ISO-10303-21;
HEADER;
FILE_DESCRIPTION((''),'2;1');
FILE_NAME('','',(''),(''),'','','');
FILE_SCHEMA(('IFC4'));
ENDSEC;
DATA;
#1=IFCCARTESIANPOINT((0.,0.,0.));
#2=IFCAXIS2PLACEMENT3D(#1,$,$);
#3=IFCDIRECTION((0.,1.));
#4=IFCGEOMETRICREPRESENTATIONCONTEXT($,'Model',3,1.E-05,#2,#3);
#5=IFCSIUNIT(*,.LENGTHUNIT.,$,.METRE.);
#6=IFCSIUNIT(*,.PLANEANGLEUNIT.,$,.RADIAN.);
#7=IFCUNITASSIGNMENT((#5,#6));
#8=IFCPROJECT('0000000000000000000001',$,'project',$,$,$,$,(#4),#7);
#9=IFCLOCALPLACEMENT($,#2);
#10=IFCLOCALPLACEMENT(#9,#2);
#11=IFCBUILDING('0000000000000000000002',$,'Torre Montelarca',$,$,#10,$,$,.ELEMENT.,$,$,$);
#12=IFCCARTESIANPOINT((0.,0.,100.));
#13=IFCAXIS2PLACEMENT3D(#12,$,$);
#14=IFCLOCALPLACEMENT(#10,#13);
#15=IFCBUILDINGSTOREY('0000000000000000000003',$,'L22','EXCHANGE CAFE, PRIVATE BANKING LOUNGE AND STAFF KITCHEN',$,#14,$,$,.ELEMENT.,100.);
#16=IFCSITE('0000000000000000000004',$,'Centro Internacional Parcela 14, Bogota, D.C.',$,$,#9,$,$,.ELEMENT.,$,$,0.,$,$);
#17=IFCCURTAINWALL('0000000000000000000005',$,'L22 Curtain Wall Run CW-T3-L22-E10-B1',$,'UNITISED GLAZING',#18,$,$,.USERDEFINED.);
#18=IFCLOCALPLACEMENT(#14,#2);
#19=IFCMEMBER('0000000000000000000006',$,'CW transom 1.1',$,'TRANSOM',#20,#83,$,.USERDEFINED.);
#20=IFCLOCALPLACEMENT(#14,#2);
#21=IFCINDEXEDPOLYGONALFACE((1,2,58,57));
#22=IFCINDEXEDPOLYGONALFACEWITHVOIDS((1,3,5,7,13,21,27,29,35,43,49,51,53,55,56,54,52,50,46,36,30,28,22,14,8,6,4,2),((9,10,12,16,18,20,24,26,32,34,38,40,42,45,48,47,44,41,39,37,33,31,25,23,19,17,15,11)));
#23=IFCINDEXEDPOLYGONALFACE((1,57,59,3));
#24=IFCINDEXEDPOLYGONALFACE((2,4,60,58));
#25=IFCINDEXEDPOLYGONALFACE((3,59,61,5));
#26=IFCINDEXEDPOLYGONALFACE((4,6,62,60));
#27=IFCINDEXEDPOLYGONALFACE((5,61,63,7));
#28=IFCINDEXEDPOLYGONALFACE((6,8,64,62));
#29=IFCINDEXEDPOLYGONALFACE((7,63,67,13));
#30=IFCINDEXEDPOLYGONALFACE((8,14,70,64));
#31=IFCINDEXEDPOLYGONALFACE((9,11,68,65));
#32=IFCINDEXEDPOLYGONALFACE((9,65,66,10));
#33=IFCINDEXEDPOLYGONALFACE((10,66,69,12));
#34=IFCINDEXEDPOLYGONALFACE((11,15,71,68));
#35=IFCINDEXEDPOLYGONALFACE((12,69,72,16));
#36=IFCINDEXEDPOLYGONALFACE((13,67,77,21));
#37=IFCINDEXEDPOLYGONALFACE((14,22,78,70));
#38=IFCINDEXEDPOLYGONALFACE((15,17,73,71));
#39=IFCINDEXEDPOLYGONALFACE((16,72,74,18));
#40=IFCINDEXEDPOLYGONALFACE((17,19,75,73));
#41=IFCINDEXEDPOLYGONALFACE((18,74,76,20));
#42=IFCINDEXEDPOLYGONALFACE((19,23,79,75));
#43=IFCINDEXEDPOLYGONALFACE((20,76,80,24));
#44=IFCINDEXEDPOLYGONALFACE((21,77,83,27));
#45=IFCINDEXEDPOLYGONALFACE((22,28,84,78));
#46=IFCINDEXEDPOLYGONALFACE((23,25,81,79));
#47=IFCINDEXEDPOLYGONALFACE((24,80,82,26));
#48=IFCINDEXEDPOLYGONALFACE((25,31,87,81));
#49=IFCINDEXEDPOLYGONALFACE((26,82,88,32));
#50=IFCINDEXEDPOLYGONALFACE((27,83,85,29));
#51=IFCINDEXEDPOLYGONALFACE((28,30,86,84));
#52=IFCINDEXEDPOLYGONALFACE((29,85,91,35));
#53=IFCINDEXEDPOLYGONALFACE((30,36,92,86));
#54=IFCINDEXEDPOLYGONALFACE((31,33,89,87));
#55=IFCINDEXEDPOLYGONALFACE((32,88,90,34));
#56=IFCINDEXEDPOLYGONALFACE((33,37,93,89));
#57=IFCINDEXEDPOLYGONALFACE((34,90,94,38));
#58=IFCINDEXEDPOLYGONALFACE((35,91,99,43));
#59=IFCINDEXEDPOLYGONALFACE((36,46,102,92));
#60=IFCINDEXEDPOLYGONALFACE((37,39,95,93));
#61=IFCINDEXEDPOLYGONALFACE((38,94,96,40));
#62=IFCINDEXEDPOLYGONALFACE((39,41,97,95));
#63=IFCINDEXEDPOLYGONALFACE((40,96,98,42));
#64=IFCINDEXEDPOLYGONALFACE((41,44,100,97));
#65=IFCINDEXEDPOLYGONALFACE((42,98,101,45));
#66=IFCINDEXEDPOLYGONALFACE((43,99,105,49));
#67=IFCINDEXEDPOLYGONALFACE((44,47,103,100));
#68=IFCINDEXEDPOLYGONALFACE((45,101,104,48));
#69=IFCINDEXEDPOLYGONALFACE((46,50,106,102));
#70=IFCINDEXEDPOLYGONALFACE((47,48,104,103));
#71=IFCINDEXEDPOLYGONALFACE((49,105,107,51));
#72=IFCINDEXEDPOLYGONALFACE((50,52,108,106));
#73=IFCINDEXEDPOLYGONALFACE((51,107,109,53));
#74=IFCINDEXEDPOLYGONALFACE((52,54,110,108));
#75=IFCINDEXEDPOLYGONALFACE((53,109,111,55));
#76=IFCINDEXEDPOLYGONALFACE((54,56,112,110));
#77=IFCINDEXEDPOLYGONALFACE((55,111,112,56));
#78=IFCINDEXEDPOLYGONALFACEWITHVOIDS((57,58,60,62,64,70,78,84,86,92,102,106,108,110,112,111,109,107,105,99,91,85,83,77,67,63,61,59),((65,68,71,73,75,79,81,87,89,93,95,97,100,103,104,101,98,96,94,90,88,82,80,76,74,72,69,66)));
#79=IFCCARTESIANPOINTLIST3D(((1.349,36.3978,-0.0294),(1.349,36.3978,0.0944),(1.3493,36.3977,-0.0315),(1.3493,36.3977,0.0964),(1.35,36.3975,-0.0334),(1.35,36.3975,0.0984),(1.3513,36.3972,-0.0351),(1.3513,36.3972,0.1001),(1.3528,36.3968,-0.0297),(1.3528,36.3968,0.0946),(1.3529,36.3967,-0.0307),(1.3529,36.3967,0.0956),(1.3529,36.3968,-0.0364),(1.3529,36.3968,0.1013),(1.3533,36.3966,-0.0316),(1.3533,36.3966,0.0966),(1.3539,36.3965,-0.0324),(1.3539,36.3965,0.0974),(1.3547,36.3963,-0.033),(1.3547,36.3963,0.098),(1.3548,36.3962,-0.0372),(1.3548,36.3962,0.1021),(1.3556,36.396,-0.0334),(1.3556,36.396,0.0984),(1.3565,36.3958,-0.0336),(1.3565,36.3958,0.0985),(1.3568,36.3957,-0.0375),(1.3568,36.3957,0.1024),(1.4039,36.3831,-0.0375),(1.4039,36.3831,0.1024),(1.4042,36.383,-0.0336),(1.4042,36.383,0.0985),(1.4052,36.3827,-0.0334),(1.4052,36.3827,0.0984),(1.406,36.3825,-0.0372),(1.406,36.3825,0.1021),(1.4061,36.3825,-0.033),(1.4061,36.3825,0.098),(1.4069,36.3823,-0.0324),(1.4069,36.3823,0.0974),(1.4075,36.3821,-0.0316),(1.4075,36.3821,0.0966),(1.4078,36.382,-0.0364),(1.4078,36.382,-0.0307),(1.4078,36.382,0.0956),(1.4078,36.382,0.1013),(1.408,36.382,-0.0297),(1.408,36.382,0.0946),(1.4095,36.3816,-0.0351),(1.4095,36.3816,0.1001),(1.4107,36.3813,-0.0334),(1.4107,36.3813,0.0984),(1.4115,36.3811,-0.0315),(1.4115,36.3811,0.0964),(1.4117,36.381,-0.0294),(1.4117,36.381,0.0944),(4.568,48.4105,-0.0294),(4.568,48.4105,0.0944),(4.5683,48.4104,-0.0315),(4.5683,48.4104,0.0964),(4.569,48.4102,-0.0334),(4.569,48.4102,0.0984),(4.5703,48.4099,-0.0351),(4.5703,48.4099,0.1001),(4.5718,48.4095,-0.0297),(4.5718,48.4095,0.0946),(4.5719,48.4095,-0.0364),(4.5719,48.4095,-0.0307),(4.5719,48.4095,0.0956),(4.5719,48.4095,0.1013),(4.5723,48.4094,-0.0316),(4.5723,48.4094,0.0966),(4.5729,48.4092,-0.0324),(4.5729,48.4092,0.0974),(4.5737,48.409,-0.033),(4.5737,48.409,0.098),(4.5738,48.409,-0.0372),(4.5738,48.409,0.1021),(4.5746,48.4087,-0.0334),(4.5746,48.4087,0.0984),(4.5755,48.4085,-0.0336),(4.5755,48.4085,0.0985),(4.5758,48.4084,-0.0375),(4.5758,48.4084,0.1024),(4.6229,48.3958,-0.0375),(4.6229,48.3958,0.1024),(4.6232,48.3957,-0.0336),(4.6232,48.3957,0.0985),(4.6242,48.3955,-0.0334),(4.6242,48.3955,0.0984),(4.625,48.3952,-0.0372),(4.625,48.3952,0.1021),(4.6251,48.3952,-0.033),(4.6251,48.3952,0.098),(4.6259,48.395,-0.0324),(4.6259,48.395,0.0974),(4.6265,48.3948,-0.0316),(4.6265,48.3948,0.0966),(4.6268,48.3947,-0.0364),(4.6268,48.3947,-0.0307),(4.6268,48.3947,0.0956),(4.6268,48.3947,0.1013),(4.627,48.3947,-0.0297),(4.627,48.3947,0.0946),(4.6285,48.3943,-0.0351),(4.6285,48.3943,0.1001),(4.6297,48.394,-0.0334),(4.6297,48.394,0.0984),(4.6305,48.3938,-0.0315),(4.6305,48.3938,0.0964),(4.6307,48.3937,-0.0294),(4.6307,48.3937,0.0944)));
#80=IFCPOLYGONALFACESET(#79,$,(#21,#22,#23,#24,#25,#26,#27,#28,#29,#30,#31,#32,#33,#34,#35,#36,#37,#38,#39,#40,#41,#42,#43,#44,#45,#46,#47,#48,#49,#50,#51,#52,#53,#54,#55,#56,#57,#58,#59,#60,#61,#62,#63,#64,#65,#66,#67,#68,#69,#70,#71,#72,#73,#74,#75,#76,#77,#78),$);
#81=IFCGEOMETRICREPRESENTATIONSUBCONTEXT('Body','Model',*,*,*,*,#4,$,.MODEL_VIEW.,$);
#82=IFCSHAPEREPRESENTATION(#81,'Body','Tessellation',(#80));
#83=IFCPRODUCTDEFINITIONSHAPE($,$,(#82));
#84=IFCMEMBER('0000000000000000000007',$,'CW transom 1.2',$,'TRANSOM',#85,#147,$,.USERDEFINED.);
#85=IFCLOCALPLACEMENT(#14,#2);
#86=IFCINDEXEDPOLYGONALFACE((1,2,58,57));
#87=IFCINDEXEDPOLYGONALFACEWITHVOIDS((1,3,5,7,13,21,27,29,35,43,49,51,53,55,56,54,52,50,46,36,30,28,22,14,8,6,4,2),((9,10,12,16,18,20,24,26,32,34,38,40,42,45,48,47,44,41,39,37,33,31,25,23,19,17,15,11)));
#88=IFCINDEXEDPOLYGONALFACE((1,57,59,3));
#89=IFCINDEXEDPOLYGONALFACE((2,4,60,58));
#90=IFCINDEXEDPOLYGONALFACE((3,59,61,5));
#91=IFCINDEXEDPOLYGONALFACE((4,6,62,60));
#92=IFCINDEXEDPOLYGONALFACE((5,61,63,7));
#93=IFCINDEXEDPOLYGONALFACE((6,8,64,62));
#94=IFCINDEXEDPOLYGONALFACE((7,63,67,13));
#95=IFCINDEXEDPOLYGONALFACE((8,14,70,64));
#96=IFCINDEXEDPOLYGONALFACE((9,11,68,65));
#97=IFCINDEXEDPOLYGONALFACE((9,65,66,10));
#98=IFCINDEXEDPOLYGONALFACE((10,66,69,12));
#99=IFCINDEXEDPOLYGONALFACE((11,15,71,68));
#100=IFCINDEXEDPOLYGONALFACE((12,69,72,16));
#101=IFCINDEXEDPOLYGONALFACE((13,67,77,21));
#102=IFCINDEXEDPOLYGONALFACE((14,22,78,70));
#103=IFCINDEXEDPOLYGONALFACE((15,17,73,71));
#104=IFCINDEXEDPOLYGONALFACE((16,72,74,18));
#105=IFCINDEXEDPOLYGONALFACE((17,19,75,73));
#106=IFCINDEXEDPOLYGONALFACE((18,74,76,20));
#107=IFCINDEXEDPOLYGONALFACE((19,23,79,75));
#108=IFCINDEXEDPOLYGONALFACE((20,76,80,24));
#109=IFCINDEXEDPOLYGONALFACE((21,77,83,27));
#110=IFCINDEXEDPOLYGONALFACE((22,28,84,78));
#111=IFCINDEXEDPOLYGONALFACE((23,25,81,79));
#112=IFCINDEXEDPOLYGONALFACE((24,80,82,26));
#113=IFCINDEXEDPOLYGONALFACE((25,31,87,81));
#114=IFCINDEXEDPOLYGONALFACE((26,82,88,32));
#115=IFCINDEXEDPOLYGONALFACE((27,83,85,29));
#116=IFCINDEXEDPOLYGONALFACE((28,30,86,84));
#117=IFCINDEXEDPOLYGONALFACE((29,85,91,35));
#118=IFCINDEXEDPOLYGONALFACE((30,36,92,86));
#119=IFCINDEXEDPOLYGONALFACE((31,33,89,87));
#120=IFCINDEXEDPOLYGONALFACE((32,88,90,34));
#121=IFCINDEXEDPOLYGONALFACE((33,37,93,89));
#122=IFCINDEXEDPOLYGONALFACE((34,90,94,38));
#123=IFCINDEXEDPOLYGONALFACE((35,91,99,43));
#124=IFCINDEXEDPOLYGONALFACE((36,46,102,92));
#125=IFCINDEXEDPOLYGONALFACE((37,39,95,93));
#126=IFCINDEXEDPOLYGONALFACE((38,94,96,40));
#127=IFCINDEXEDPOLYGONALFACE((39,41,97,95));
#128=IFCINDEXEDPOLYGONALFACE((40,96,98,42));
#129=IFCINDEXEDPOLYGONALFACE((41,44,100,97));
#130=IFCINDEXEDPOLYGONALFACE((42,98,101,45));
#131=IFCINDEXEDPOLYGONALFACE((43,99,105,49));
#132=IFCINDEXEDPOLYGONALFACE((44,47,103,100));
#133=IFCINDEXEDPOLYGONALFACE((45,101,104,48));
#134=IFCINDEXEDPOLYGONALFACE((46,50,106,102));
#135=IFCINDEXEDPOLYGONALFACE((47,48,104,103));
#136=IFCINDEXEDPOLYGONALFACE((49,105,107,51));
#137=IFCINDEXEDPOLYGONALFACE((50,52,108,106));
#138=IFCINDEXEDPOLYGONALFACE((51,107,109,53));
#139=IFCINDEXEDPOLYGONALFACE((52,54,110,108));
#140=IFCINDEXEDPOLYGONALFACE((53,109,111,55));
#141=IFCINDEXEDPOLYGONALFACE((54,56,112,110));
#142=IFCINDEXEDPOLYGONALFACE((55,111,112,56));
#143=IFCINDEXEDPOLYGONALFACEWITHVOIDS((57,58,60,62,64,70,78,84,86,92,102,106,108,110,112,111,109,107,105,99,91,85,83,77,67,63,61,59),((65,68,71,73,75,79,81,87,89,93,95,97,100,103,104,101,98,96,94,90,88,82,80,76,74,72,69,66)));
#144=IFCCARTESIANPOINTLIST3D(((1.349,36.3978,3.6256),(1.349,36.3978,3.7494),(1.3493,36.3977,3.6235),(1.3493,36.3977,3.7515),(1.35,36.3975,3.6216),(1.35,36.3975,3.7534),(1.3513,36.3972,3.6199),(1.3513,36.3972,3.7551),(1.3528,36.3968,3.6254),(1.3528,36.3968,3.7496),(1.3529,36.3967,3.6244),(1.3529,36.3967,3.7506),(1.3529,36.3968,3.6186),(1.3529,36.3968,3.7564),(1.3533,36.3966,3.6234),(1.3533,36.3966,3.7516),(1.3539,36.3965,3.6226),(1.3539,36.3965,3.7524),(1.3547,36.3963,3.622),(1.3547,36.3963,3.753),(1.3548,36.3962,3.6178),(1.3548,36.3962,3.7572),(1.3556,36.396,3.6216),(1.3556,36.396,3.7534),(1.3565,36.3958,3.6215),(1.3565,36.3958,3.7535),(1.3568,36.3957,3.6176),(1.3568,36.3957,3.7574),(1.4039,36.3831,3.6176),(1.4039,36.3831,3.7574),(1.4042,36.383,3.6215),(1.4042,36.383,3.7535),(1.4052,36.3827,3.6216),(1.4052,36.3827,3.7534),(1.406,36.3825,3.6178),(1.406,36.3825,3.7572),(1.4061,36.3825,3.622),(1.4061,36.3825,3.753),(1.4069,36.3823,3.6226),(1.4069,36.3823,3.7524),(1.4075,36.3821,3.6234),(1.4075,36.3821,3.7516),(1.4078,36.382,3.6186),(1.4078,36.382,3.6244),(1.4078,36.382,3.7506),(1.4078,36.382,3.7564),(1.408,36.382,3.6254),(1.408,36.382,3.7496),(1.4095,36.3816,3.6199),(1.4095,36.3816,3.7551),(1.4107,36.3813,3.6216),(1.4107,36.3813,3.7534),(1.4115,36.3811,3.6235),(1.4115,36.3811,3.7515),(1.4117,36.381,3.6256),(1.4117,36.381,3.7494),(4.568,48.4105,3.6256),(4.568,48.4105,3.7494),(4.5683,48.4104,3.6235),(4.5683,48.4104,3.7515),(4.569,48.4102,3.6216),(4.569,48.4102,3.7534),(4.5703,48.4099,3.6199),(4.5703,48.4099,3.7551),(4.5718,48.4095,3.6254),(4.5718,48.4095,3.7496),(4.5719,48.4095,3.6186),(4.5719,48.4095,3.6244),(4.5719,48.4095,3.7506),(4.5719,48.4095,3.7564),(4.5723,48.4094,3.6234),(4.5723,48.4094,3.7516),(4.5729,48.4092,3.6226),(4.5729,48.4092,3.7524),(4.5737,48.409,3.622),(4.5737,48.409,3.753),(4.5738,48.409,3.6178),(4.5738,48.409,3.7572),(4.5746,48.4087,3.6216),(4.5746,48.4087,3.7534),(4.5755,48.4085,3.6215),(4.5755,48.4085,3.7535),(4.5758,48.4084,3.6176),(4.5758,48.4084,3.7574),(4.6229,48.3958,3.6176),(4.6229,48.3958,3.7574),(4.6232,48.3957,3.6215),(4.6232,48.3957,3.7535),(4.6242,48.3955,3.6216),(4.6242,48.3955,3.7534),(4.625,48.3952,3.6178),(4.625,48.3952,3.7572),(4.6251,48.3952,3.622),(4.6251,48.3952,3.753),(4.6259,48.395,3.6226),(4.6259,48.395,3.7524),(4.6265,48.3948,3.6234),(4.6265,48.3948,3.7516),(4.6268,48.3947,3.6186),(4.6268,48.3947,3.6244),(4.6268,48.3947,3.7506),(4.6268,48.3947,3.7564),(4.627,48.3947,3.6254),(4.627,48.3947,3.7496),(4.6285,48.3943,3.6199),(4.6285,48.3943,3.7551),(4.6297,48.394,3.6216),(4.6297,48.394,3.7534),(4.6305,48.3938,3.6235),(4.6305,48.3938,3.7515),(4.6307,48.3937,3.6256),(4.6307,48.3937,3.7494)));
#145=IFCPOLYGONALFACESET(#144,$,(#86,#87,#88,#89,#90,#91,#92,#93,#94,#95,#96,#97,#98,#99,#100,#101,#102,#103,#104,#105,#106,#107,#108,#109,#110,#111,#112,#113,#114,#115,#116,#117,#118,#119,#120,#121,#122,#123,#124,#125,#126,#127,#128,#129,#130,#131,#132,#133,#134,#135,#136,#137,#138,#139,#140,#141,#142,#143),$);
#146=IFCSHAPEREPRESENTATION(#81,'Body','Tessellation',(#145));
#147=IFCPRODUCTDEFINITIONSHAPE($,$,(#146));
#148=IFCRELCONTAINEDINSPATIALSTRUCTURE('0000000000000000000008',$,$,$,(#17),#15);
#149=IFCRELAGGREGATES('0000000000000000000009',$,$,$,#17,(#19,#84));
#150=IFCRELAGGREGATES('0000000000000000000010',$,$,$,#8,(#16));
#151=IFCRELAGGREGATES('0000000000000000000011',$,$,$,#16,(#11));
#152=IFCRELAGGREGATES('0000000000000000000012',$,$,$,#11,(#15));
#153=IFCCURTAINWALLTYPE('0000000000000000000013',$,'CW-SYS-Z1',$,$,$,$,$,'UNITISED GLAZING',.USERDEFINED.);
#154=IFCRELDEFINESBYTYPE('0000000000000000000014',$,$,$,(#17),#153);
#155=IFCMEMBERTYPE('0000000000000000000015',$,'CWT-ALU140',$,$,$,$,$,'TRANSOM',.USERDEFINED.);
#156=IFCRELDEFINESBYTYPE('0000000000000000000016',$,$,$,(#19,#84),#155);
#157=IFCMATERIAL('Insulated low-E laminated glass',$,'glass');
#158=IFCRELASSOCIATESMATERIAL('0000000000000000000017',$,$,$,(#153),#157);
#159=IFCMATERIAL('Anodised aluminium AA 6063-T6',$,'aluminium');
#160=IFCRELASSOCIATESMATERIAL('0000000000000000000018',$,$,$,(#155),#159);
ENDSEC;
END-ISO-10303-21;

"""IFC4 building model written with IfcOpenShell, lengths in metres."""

from ifc_helpers import new_model, si_unit, direction, frame, origin, origin_2d, place, context, subcontext, project, spatial, hollow_rectangle, extrude, source, transform, mapped, material, material_profile, profile_set, type_object, element, aggregate, save


model = new_model("IFC4")

# Units and contexts
model_context = context("Model", 3, precision=1e-05, world=origin(), true_north=direction((0.0, 1.0)))
body_context = subcontext(model_context, "Body", "Model", "MODEL_VIEW")
ifc_project = project(units=[si_unit("LENGTHUNIT", "METRE"), si_unit("PLANEANGLEUNIT", "RADIAN")], contexts=[model_context])

# Site, building, storey
site_placement = place(None, origin())
site = spatial("IfcSite", under=ifc_project, at=site_placement, Name="Centro Internacional Parcela 14, Bogota, D.C.", CompositionType="ELEMENT", RefElevation=0.0)
building_placement = place(site_placement, origin())
building = spatial("IfcBuilding", under=site, at=building_placement, Name="Torre Montelarca", CompositionType="ELEMENT")
storey_placement = place(building_placement, frame((0.0, 0.0, 100.0)))
storey = spatial("IfcBuildingStorey", under=building, at=storey_placement, Name="L22", Description="EXCHANGE CAFE, PRIVATE BANKING LOUNGE AND STAFF KITCHEN", CompositionType="ELEMENT", Elevation=100.0)

# Curtain wall, members
ifc_material_1 = material(Name="Insulated low-E laminated glass", Category="glass")
curtain_wall_type = type_object("IfcCurtainWallType", Name="CW-SYS-Z1", ElementType="UNITISED GLAZING", PredefinedType="USERDEFINED", material=ifc_material_1)
ifc_material_2 = material(Name="Anodised aluminium AA 6063-T6", Category="aluminium")
ifc_material_profile_1 = material_profile(ifc_material_2, hollow_rectangle(XDim=0.0649, YDim=0.1399, WallThickness=0.0039, InnerFilletRadius=0.0039, OuterFilletRadius=0.0081, at=origin_2d()), Name="ALU65X140X4", Category="aluminium")
ifc_profile_set_1 = profile_set([ifc_material_profile_1], Name="Anodised aluminium AA 6063-T6")
member_type_1 = type_object("IfcMemberType", Name="CWT-ALU140", ElementType="TRANSOM", PredefinedType="USERDEFINED", material=ifc_profile_set_1)
curtain_wall_1_placement = place(storey_placement, origin())
curtain_wall_1 = element("IfcCurtainWall", 1, at=curtain_wall_1_placement, inside=storey, type_object=curtain_wall_type, Name="L22 Curtain Wall Run CW-T3-L22-E10-B1", ObjectType="UNITISED GLAZING", PredefinedType="USERDEFINED")
shared_shape_1 = source(origin(), body_context, "Body", "SweptSolid", [
    extrude(hollow_rectangle(XDim=0.0649, YDim=0.1399, WallThickness=0.0039, InnerFilletRadius=0.0039, OuterFilletRadius=0.0081, at=origin_2d()), origin(), (0.0, 0.0, 1.0), 12.4365),
])
member_1_placement = place(storey_placement, frame((4.5994, 48.4021, 0.0325), z_axis=(-0.258834, -0.965922, 0.0), x_axis=(0.965922, -0.258834, 0.0)))
member_1 = element("IfcMember", 2, at=member_1_placement, type_object=member_type_1, Name="CW transom 1.1", ObjectType="TRANSOM", PredefinedType="USERDEFINED", context=body_context, shape_type="MappedRepresentation", body=[
    mapped(shared_shape_1, transform((0.0, 0.0, 0.0), scale=1.0)),
])
member_2_placement = place(storey_placement, frame((4.5994, 48.4021, 3.6875), z_axis=(-0.258834, -0.965922, 0.0), x_axis=(0.965922, -0.258834, 0.0)))
member_2 = element("IfcMember", 3, at=member_2_placement, type_object=member_type_1, Name="CW transom 1.2", ObjectType="TRANSOM", PredefinedType="USERDEFINED", context=body_context, shape_type="MappedRepresentation", body=[
    mapped(shared_shape_1, transform((0.0, 0.0, 0.0), scale=1.0)),
])

aggregate(curtain_wall_1, [member_1, member_2])

save(model, "model.ifc")
